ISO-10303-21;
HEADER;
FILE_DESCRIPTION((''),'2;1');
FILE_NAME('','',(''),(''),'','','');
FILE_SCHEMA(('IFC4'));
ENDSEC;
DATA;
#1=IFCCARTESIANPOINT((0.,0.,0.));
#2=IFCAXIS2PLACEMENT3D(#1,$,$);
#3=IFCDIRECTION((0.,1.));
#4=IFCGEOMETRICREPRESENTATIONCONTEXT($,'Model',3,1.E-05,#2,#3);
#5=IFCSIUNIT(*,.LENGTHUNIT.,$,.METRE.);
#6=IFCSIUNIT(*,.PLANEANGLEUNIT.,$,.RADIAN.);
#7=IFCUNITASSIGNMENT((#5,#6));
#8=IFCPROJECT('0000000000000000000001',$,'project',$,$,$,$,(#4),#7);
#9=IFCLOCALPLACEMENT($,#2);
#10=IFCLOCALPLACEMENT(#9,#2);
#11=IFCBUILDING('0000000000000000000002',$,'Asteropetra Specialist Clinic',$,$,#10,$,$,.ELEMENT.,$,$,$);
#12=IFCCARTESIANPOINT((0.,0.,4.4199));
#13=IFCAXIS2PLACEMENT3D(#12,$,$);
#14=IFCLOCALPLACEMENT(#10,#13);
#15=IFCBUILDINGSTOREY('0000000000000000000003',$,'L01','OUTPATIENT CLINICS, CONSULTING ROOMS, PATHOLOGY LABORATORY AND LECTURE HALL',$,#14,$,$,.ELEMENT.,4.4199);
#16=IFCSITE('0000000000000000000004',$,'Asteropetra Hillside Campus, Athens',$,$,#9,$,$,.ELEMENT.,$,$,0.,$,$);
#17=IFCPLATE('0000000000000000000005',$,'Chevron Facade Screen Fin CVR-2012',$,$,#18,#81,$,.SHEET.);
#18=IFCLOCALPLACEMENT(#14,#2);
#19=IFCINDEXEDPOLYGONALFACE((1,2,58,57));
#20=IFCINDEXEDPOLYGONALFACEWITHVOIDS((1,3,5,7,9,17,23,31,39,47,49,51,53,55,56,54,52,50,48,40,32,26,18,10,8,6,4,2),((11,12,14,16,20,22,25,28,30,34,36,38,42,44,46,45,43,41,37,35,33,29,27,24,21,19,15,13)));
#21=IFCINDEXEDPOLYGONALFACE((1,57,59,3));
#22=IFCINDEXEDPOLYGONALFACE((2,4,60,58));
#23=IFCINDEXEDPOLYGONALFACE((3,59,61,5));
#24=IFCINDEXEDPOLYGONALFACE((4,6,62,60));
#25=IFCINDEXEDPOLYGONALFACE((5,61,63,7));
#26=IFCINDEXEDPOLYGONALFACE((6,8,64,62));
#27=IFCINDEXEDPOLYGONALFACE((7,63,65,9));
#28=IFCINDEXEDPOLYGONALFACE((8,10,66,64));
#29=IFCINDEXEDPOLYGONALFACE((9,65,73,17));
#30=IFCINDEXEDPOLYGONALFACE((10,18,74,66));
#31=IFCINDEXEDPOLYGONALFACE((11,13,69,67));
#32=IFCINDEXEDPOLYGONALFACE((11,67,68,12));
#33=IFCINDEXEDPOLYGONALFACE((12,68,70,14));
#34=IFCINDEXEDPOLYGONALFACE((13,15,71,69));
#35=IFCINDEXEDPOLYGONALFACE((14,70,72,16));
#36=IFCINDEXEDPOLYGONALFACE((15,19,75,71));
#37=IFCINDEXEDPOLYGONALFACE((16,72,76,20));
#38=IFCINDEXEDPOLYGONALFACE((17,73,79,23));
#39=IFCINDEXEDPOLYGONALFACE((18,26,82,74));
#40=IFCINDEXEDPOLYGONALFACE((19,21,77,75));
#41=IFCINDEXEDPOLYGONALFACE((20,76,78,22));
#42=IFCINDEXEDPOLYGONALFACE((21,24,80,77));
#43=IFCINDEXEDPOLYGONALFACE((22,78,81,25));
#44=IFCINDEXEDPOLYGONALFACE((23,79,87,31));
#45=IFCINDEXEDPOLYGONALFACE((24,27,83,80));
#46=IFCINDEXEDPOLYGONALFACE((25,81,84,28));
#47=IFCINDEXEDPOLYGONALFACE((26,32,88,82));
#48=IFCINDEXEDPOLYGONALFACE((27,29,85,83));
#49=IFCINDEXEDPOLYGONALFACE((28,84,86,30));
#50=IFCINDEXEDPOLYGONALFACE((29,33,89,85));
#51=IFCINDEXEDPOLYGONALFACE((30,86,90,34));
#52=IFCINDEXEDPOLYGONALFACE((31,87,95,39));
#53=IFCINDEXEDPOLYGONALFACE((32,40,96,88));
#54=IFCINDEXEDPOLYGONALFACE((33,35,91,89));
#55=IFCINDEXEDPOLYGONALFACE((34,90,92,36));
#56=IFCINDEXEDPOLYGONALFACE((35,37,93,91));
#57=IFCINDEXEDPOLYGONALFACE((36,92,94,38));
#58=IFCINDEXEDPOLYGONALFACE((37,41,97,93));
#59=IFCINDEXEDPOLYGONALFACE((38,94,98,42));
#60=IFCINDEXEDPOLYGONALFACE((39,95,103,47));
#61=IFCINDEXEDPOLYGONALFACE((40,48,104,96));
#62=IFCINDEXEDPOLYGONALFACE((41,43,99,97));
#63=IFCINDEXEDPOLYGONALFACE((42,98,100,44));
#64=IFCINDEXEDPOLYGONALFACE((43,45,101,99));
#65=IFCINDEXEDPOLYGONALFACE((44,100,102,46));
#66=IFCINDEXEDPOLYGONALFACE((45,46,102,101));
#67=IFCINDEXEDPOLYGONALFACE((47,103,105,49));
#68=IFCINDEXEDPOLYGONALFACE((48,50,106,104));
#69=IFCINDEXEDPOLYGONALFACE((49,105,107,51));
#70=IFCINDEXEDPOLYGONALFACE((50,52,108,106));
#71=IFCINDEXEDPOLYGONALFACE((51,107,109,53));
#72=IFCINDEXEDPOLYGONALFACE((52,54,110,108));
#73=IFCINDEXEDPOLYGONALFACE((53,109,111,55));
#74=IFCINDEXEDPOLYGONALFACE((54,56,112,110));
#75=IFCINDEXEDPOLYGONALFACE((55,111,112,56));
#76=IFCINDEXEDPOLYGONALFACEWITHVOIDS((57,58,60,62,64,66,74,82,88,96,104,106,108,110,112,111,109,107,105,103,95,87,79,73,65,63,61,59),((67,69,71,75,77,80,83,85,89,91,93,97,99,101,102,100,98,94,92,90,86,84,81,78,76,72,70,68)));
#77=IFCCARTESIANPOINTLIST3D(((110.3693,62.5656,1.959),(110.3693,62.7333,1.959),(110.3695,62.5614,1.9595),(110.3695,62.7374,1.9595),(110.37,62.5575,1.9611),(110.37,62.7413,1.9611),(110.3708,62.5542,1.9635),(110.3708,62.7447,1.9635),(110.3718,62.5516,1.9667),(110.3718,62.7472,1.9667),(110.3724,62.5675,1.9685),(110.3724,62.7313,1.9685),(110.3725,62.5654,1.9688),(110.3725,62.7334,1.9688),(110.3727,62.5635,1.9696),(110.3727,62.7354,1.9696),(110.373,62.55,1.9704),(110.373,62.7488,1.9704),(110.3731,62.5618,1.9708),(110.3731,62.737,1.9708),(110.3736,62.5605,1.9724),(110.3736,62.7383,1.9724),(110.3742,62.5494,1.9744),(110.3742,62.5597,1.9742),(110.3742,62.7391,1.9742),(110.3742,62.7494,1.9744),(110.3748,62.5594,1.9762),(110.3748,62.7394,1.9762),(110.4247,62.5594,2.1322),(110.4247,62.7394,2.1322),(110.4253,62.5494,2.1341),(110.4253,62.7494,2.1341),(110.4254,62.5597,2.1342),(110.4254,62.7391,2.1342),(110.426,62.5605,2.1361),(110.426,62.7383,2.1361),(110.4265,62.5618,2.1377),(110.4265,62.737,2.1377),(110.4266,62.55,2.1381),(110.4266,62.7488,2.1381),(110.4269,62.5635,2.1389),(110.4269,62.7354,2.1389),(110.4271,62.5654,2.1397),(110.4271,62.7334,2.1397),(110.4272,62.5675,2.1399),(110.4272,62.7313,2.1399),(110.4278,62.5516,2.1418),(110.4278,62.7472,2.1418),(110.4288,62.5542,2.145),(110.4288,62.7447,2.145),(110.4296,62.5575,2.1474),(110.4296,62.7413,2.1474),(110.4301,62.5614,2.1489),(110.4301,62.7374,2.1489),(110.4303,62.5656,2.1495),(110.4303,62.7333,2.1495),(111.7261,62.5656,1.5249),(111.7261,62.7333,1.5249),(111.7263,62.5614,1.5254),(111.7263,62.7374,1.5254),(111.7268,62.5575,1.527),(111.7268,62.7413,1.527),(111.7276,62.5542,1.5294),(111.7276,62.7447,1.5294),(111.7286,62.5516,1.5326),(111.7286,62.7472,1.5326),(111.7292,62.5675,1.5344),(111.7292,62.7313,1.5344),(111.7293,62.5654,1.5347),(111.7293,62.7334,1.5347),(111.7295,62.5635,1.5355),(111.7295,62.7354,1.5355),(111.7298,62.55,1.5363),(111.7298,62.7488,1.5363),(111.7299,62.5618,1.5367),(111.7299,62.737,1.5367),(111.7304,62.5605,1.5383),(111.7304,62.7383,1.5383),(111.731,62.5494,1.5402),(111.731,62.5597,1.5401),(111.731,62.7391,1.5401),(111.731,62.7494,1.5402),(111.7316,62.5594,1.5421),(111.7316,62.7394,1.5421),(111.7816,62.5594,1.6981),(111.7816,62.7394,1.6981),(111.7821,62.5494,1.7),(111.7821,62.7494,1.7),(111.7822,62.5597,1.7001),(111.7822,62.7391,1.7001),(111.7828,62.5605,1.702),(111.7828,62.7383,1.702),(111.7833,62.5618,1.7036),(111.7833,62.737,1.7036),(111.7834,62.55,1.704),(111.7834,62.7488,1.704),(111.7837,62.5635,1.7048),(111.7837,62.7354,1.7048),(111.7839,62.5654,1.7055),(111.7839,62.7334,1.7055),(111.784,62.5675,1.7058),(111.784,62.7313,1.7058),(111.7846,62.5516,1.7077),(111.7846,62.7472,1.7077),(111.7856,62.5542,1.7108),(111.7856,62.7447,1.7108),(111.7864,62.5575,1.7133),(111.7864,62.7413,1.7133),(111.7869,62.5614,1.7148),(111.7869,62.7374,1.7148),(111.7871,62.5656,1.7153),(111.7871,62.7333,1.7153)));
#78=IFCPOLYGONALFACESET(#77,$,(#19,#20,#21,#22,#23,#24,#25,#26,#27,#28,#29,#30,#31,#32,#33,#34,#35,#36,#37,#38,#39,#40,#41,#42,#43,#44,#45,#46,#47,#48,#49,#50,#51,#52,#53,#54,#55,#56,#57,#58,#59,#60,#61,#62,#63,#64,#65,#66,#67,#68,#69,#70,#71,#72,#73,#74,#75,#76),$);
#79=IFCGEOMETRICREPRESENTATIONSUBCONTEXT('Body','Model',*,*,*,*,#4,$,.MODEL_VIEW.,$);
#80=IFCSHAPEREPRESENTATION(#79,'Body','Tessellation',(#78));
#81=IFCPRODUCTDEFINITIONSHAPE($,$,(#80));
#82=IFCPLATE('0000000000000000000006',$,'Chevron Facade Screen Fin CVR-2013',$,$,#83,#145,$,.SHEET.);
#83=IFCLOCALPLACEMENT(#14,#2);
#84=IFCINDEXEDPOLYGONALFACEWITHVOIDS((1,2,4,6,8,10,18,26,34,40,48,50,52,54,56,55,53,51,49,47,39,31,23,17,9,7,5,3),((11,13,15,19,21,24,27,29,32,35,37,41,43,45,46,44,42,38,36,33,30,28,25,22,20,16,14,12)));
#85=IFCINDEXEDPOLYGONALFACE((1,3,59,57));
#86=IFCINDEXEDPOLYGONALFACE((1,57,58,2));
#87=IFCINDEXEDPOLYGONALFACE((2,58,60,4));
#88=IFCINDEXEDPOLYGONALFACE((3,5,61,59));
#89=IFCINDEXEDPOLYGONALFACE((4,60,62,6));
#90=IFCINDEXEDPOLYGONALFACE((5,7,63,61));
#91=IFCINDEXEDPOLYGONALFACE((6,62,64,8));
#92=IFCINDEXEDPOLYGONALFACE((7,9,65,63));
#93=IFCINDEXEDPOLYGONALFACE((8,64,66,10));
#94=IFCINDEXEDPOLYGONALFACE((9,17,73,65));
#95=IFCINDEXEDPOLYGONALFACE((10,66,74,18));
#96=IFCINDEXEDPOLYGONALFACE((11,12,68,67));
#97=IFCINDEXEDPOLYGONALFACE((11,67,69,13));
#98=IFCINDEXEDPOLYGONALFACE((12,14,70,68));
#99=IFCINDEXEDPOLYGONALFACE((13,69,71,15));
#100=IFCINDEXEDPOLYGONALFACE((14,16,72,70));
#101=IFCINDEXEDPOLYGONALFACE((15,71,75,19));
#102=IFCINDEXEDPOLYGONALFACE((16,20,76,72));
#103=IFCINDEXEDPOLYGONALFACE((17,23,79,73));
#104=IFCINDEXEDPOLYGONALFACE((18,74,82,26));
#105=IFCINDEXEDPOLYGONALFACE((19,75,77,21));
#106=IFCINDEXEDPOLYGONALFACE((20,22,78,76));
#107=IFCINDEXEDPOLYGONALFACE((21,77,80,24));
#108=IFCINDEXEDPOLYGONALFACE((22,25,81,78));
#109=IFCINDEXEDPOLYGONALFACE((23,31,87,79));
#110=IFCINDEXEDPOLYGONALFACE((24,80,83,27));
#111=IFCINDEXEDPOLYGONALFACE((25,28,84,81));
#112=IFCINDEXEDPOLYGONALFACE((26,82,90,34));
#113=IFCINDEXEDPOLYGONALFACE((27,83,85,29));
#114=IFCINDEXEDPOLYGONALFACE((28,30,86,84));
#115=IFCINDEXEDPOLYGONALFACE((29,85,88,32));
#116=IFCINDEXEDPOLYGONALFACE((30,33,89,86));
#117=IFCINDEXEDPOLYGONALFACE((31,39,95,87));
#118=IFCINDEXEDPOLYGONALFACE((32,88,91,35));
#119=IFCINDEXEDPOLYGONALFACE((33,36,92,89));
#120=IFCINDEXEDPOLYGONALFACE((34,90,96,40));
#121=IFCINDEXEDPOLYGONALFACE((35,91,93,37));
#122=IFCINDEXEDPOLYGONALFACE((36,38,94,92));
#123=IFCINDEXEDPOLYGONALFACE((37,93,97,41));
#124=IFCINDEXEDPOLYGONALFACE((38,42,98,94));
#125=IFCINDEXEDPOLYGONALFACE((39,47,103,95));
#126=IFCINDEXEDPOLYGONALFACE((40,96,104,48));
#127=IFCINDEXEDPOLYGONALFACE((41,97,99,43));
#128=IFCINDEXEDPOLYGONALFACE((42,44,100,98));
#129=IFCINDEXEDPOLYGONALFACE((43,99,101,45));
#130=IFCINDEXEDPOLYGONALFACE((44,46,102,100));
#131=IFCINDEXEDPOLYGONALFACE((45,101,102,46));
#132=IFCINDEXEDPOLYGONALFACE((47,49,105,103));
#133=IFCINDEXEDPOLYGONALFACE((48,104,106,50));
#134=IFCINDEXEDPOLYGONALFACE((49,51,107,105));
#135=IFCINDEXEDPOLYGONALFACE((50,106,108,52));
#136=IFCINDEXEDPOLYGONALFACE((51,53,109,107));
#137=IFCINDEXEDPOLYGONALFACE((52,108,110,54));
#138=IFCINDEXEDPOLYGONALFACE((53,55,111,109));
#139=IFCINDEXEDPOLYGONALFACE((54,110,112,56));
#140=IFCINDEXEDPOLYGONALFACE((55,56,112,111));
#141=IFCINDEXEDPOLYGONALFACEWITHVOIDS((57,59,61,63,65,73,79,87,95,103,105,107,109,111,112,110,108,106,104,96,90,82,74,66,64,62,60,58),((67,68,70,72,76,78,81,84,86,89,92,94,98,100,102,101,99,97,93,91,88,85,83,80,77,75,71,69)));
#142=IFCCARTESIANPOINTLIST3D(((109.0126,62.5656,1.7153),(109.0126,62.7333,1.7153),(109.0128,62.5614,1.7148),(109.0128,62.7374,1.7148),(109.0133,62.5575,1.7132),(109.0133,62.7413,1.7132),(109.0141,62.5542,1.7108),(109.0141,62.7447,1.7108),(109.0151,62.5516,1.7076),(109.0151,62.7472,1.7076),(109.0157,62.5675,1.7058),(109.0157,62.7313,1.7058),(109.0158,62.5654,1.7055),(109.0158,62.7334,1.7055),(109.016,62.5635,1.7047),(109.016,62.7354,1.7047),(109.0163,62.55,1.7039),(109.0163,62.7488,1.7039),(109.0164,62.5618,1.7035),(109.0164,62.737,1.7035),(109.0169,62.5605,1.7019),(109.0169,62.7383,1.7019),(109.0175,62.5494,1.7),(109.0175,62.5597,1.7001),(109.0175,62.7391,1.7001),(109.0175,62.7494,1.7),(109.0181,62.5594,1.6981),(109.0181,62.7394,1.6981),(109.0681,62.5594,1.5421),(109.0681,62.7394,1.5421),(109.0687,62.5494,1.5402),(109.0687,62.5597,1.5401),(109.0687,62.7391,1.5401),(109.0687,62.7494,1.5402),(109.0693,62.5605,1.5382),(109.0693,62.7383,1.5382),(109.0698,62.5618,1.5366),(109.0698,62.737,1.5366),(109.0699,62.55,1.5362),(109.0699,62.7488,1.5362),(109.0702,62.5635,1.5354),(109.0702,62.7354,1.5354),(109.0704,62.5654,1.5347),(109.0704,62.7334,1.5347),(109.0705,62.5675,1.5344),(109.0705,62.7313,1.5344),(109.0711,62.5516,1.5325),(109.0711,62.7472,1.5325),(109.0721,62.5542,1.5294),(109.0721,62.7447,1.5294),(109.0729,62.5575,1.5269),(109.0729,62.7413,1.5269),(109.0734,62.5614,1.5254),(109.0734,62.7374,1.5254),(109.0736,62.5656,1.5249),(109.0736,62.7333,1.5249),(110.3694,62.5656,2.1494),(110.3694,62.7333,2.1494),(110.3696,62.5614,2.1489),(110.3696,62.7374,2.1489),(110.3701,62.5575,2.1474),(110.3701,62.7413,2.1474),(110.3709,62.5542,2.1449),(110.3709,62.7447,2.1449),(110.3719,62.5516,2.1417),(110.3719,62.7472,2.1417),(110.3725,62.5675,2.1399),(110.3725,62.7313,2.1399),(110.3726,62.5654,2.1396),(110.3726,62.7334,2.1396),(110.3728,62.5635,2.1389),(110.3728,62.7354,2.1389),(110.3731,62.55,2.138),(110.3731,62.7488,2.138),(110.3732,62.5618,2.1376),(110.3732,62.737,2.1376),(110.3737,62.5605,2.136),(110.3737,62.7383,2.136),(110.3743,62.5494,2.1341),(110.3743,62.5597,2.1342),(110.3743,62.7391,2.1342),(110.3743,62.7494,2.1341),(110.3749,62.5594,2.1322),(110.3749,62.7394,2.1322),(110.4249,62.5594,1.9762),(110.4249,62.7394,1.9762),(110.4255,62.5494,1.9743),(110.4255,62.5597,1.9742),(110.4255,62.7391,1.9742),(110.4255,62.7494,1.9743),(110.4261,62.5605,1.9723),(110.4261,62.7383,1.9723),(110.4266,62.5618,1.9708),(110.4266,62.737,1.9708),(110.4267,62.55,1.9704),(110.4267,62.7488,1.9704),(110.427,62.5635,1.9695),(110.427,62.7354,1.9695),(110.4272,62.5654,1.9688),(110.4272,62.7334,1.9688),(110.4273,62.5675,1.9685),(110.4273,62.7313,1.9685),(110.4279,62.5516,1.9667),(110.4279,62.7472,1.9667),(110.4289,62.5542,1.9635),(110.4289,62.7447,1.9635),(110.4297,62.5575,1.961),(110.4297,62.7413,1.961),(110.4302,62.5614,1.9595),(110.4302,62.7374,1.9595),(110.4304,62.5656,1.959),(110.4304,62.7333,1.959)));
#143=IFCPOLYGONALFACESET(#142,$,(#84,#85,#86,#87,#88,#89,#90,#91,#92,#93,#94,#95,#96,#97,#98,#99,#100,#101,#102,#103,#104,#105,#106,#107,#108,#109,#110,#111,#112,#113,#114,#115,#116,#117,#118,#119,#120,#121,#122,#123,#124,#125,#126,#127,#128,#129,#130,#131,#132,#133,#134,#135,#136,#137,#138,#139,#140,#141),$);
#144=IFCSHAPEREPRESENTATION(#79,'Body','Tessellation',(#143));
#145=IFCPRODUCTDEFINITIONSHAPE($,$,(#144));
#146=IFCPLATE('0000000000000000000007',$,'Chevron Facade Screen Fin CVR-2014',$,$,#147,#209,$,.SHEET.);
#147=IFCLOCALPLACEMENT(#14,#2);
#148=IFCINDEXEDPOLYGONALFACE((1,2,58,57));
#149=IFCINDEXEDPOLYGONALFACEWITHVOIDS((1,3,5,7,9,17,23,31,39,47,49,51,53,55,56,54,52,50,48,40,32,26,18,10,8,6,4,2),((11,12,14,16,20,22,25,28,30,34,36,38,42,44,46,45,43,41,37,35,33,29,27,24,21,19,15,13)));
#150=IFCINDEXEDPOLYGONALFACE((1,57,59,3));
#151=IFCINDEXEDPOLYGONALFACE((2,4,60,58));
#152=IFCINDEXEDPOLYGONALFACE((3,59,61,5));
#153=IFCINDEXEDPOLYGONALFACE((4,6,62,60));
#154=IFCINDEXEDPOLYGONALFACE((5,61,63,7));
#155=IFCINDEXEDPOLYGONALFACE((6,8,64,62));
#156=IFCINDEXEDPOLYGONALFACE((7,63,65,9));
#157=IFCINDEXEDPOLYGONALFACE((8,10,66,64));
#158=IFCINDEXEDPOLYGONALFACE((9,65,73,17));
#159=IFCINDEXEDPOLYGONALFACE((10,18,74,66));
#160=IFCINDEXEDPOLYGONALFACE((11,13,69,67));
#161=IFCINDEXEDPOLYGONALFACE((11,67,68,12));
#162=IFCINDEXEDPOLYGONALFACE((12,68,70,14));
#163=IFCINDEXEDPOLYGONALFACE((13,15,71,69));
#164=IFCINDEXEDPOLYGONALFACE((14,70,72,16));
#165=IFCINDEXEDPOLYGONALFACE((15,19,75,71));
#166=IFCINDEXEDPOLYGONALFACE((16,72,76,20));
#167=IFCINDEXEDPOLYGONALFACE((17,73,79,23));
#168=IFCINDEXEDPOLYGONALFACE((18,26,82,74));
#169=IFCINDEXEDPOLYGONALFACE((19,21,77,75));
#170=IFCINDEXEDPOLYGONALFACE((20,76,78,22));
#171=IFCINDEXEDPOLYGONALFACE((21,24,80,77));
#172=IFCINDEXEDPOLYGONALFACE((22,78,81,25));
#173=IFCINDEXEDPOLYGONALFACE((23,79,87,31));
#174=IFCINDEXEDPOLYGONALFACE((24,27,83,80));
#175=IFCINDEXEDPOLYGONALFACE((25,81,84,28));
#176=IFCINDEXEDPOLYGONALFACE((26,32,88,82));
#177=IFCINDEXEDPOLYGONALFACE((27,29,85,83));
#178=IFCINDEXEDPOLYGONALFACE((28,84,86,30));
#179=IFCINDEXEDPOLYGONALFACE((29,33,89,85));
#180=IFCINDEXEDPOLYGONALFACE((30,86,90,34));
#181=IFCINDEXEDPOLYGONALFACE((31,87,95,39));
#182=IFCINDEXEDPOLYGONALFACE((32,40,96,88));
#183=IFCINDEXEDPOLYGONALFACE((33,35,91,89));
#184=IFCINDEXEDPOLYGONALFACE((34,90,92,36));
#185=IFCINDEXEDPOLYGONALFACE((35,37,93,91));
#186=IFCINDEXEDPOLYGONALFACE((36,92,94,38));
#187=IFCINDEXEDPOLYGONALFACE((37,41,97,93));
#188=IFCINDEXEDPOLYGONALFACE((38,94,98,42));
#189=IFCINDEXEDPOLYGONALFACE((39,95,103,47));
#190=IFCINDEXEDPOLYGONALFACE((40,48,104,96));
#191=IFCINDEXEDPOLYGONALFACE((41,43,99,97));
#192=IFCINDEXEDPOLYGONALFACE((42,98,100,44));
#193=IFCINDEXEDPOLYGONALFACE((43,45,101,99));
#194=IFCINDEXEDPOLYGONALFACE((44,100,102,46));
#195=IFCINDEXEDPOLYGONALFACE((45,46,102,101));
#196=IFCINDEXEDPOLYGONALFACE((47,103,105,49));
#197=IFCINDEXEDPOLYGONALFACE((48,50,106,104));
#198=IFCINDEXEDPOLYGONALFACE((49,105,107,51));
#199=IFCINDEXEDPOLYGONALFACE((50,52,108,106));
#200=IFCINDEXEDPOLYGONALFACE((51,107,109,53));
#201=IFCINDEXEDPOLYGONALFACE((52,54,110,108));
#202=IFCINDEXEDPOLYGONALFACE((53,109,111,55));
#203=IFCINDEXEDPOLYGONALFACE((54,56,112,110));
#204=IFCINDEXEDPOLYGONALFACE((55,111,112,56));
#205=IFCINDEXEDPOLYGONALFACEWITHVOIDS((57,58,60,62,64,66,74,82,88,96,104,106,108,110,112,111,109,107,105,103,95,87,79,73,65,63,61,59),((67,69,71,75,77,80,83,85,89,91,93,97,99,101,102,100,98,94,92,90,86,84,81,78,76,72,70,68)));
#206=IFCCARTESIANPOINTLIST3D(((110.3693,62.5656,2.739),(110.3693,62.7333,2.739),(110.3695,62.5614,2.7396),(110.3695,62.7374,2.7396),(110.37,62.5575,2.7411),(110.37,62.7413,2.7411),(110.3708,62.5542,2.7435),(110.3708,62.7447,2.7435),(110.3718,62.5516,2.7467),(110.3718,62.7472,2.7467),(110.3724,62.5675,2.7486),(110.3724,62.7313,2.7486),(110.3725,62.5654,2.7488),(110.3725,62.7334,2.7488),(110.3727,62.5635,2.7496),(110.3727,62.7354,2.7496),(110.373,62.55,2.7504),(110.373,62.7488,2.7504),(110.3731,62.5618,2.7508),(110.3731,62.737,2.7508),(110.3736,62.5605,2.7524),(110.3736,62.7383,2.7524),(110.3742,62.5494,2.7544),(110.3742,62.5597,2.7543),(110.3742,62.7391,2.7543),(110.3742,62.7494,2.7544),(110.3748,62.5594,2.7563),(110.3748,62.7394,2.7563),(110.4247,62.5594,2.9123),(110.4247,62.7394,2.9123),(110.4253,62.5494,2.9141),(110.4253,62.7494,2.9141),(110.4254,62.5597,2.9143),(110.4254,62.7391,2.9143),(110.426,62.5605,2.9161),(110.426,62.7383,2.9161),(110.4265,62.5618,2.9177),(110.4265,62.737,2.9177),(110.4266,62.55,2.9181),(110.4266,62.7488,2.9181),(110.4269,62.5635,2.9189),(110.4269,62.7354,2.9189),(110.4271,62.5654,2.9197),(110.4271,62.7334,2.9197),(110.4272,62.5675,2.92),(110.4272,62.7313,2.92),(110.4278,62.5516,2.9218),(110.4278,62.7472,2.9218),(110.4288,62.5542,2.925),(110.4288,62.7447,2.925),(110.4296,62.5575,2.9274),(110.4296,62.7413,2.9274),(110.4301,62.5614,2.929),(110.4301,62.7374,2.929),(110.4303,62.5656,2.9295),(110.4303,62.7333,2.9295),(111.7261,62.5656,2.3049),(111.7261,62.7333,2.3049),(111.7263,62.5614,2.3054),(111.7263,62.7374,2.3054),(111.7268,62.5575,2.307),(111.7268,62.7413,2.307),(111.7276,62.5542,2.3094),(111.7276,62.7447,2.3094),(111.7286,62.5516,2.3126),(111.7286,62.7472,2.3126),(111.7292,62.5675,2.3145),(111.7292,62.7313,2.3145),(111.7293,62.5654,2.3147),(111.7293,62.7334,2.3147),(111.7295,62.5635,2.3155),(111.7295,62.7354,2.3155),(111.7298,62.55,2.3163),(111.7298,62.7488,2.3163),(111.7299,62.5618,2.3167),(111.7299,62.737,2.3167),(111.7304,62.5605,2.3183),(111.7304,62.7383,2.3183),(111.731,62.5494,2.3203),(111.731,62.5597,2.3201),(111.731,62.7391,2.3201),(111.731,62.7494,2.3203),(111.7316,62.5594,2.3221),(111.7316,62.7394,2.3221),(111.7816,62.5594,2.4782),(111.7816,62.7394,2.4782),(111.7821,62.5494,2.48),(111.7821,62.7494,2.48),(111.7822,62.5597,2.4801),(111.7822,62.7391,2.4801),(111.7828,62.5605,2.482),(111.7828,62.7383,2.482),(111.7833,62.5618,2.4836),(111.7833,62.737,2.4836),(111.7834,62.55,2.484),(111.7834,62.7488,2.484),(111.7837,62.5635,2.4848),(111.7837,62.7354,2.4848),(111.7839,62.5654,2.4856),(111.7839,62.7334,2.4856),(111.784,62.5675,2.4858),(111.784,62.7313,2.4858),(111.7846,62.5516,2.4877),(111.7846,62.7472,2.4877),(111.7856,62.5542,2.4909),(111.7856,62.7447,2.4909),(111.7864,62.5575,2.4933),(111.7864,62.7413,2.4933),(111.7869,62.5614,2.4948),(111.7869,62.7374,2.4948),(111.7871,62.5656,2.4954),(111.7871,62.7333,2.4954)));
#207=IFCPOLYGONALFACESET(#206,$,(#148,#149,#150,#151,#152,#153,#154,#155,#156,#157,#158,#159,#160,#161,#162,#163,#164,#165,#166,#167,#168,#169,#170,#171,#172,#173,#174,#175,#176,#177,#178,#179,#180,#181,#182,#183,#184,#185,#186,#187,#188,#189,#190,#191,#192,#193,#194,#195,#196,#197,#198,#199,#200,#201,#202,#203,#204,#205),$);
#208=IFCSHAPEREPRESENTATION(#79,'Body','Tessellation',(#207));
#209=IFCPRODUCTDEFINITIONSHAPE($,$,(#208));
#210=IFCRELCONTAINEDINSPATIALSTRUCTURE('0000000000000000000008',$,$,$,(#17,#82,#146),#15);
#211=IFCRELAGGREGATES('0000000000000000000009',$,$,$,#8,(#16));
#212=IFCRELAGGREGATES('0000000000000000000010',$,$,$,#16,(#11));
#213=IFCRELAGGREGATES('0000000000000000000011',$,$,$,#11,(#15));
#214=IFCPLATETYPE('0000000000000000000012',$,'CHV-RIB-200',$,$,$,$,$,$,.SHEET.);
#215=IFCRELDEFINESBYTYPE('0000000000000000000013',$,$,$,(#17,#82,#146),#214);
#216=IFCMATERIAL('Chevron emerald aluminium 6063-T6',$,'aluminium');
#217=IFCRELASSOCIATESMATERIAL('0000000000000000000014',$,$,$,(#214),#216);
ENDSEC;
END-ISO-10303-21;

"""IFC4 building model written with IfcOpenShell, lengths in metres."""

from ifc_helpers import new_model, si_unit, direction, frame, origin, origin_2d, place, context, subcontext, project, spatial, hollow_rectangle, extrude, material, material_profile, profile_set, type_object, element, save


model = new_model("IFC4")

# Units and contexts
model_context = context("Model", 3, precision=1e-05, world=origin(), true_north=direction((0.0, 1.0)))
body_context = subcontext(model_context, "Body", "Model", "MODEL_VIEW")
ifc_project = project(units=[si_unit("LENGTHUNIT", "METRE"), si_unit("PLANEANGLEUNIT", "RADIAN")], contexts=[model_context])

# Site, building, storey
site_placement = place(None, origin())
site = spatial("IfcSite", under=ifc_project, at=site_placement, Name="Asteropetra Hillside Campus, Athens", CompositionType="ELEMENT", RefElevation=0.0)
building_placement = place(site_placement, origin())
building = spatial("IfcBuilding", under=site, at=building_placement, Name="Asteropetra Specialist Clinic", CompositionType="ELEMENT")
storey_placement = place(building_placement, frame((0.0, 0.0, 4.4199)))
storey = spatial("IfcBuildingStorey", under=building, at=storey_placement, Name="L01", Description="OUTPATIENT CLINICS, CONSULTING ROOMS, PATHOLOGY LABORATORY AND LECTURE HALL", CompositionType="ELEMENT", Elevation=4.4199)

# Plates
ifc_material_1 = material(Name="Chevron emerald aluminium 6063-T6", Category="aluminium")
ifc_material_profile = material_profile(ifc_material_1, hollow_rectangle(XDim=0.2, YDim=0.2, WallThickness=0.01, InnerFilletRadius=0.0081, OuterFilletRadius=0.0161, at=origin_2d()), Name="SHS 200x200x10.0")
ifc_profile_set = profile_set([ifc_material_profile], Name="Chevron emerald aluminium 6063-T6")
plate_type = type_object("IfcPlateType", Name="CHV-RIB-200", PredefinedType="SHEET", material=ifc_profile_set)
for number, where, z_axis, x_axis, name in (
    (1, (111.7566, 62.6494, 1.6201), (-0.952436, 0.0, 0.304738), (0.0, -1.0, 0.0), "Chevron Facade Screen Fin CVR-2012"),
    (2, (110.3999, 62.6494, 2.0542), (-0.952436, 0.0, -0.304738), (0.0, -1.0, 0.0), "Chevron Facade Screen Fin CVR-2013"),
    (3, (111.7566, 62.6494, 2.4001), (-0.952436, 0.0, 0.304738), (0.0, -1.0, 0.0), "Chevron Facade Screen Fin CVR-2014"),
):
    element("IfcPlate", number, at=place(storey_placement, frame(where, z_axis=z_axis, x_axis=x_axis)), inside=storey, type_object=plate_type, Name=name, PredefinedType="SHEET", context=body_context, shape_type="SweptSolid", body=[
        extrude(hollow_rectangle(XDim=0.2, YDim=0.2, WallThickness=0.01, InnerFilletRadius=0.0081, OuterFilletRadius=0.0161, at=origin_2d()), origin(), (0.0, 0.0, 1.0), 1.4246),
    ])

save(model, "model.ifc")
